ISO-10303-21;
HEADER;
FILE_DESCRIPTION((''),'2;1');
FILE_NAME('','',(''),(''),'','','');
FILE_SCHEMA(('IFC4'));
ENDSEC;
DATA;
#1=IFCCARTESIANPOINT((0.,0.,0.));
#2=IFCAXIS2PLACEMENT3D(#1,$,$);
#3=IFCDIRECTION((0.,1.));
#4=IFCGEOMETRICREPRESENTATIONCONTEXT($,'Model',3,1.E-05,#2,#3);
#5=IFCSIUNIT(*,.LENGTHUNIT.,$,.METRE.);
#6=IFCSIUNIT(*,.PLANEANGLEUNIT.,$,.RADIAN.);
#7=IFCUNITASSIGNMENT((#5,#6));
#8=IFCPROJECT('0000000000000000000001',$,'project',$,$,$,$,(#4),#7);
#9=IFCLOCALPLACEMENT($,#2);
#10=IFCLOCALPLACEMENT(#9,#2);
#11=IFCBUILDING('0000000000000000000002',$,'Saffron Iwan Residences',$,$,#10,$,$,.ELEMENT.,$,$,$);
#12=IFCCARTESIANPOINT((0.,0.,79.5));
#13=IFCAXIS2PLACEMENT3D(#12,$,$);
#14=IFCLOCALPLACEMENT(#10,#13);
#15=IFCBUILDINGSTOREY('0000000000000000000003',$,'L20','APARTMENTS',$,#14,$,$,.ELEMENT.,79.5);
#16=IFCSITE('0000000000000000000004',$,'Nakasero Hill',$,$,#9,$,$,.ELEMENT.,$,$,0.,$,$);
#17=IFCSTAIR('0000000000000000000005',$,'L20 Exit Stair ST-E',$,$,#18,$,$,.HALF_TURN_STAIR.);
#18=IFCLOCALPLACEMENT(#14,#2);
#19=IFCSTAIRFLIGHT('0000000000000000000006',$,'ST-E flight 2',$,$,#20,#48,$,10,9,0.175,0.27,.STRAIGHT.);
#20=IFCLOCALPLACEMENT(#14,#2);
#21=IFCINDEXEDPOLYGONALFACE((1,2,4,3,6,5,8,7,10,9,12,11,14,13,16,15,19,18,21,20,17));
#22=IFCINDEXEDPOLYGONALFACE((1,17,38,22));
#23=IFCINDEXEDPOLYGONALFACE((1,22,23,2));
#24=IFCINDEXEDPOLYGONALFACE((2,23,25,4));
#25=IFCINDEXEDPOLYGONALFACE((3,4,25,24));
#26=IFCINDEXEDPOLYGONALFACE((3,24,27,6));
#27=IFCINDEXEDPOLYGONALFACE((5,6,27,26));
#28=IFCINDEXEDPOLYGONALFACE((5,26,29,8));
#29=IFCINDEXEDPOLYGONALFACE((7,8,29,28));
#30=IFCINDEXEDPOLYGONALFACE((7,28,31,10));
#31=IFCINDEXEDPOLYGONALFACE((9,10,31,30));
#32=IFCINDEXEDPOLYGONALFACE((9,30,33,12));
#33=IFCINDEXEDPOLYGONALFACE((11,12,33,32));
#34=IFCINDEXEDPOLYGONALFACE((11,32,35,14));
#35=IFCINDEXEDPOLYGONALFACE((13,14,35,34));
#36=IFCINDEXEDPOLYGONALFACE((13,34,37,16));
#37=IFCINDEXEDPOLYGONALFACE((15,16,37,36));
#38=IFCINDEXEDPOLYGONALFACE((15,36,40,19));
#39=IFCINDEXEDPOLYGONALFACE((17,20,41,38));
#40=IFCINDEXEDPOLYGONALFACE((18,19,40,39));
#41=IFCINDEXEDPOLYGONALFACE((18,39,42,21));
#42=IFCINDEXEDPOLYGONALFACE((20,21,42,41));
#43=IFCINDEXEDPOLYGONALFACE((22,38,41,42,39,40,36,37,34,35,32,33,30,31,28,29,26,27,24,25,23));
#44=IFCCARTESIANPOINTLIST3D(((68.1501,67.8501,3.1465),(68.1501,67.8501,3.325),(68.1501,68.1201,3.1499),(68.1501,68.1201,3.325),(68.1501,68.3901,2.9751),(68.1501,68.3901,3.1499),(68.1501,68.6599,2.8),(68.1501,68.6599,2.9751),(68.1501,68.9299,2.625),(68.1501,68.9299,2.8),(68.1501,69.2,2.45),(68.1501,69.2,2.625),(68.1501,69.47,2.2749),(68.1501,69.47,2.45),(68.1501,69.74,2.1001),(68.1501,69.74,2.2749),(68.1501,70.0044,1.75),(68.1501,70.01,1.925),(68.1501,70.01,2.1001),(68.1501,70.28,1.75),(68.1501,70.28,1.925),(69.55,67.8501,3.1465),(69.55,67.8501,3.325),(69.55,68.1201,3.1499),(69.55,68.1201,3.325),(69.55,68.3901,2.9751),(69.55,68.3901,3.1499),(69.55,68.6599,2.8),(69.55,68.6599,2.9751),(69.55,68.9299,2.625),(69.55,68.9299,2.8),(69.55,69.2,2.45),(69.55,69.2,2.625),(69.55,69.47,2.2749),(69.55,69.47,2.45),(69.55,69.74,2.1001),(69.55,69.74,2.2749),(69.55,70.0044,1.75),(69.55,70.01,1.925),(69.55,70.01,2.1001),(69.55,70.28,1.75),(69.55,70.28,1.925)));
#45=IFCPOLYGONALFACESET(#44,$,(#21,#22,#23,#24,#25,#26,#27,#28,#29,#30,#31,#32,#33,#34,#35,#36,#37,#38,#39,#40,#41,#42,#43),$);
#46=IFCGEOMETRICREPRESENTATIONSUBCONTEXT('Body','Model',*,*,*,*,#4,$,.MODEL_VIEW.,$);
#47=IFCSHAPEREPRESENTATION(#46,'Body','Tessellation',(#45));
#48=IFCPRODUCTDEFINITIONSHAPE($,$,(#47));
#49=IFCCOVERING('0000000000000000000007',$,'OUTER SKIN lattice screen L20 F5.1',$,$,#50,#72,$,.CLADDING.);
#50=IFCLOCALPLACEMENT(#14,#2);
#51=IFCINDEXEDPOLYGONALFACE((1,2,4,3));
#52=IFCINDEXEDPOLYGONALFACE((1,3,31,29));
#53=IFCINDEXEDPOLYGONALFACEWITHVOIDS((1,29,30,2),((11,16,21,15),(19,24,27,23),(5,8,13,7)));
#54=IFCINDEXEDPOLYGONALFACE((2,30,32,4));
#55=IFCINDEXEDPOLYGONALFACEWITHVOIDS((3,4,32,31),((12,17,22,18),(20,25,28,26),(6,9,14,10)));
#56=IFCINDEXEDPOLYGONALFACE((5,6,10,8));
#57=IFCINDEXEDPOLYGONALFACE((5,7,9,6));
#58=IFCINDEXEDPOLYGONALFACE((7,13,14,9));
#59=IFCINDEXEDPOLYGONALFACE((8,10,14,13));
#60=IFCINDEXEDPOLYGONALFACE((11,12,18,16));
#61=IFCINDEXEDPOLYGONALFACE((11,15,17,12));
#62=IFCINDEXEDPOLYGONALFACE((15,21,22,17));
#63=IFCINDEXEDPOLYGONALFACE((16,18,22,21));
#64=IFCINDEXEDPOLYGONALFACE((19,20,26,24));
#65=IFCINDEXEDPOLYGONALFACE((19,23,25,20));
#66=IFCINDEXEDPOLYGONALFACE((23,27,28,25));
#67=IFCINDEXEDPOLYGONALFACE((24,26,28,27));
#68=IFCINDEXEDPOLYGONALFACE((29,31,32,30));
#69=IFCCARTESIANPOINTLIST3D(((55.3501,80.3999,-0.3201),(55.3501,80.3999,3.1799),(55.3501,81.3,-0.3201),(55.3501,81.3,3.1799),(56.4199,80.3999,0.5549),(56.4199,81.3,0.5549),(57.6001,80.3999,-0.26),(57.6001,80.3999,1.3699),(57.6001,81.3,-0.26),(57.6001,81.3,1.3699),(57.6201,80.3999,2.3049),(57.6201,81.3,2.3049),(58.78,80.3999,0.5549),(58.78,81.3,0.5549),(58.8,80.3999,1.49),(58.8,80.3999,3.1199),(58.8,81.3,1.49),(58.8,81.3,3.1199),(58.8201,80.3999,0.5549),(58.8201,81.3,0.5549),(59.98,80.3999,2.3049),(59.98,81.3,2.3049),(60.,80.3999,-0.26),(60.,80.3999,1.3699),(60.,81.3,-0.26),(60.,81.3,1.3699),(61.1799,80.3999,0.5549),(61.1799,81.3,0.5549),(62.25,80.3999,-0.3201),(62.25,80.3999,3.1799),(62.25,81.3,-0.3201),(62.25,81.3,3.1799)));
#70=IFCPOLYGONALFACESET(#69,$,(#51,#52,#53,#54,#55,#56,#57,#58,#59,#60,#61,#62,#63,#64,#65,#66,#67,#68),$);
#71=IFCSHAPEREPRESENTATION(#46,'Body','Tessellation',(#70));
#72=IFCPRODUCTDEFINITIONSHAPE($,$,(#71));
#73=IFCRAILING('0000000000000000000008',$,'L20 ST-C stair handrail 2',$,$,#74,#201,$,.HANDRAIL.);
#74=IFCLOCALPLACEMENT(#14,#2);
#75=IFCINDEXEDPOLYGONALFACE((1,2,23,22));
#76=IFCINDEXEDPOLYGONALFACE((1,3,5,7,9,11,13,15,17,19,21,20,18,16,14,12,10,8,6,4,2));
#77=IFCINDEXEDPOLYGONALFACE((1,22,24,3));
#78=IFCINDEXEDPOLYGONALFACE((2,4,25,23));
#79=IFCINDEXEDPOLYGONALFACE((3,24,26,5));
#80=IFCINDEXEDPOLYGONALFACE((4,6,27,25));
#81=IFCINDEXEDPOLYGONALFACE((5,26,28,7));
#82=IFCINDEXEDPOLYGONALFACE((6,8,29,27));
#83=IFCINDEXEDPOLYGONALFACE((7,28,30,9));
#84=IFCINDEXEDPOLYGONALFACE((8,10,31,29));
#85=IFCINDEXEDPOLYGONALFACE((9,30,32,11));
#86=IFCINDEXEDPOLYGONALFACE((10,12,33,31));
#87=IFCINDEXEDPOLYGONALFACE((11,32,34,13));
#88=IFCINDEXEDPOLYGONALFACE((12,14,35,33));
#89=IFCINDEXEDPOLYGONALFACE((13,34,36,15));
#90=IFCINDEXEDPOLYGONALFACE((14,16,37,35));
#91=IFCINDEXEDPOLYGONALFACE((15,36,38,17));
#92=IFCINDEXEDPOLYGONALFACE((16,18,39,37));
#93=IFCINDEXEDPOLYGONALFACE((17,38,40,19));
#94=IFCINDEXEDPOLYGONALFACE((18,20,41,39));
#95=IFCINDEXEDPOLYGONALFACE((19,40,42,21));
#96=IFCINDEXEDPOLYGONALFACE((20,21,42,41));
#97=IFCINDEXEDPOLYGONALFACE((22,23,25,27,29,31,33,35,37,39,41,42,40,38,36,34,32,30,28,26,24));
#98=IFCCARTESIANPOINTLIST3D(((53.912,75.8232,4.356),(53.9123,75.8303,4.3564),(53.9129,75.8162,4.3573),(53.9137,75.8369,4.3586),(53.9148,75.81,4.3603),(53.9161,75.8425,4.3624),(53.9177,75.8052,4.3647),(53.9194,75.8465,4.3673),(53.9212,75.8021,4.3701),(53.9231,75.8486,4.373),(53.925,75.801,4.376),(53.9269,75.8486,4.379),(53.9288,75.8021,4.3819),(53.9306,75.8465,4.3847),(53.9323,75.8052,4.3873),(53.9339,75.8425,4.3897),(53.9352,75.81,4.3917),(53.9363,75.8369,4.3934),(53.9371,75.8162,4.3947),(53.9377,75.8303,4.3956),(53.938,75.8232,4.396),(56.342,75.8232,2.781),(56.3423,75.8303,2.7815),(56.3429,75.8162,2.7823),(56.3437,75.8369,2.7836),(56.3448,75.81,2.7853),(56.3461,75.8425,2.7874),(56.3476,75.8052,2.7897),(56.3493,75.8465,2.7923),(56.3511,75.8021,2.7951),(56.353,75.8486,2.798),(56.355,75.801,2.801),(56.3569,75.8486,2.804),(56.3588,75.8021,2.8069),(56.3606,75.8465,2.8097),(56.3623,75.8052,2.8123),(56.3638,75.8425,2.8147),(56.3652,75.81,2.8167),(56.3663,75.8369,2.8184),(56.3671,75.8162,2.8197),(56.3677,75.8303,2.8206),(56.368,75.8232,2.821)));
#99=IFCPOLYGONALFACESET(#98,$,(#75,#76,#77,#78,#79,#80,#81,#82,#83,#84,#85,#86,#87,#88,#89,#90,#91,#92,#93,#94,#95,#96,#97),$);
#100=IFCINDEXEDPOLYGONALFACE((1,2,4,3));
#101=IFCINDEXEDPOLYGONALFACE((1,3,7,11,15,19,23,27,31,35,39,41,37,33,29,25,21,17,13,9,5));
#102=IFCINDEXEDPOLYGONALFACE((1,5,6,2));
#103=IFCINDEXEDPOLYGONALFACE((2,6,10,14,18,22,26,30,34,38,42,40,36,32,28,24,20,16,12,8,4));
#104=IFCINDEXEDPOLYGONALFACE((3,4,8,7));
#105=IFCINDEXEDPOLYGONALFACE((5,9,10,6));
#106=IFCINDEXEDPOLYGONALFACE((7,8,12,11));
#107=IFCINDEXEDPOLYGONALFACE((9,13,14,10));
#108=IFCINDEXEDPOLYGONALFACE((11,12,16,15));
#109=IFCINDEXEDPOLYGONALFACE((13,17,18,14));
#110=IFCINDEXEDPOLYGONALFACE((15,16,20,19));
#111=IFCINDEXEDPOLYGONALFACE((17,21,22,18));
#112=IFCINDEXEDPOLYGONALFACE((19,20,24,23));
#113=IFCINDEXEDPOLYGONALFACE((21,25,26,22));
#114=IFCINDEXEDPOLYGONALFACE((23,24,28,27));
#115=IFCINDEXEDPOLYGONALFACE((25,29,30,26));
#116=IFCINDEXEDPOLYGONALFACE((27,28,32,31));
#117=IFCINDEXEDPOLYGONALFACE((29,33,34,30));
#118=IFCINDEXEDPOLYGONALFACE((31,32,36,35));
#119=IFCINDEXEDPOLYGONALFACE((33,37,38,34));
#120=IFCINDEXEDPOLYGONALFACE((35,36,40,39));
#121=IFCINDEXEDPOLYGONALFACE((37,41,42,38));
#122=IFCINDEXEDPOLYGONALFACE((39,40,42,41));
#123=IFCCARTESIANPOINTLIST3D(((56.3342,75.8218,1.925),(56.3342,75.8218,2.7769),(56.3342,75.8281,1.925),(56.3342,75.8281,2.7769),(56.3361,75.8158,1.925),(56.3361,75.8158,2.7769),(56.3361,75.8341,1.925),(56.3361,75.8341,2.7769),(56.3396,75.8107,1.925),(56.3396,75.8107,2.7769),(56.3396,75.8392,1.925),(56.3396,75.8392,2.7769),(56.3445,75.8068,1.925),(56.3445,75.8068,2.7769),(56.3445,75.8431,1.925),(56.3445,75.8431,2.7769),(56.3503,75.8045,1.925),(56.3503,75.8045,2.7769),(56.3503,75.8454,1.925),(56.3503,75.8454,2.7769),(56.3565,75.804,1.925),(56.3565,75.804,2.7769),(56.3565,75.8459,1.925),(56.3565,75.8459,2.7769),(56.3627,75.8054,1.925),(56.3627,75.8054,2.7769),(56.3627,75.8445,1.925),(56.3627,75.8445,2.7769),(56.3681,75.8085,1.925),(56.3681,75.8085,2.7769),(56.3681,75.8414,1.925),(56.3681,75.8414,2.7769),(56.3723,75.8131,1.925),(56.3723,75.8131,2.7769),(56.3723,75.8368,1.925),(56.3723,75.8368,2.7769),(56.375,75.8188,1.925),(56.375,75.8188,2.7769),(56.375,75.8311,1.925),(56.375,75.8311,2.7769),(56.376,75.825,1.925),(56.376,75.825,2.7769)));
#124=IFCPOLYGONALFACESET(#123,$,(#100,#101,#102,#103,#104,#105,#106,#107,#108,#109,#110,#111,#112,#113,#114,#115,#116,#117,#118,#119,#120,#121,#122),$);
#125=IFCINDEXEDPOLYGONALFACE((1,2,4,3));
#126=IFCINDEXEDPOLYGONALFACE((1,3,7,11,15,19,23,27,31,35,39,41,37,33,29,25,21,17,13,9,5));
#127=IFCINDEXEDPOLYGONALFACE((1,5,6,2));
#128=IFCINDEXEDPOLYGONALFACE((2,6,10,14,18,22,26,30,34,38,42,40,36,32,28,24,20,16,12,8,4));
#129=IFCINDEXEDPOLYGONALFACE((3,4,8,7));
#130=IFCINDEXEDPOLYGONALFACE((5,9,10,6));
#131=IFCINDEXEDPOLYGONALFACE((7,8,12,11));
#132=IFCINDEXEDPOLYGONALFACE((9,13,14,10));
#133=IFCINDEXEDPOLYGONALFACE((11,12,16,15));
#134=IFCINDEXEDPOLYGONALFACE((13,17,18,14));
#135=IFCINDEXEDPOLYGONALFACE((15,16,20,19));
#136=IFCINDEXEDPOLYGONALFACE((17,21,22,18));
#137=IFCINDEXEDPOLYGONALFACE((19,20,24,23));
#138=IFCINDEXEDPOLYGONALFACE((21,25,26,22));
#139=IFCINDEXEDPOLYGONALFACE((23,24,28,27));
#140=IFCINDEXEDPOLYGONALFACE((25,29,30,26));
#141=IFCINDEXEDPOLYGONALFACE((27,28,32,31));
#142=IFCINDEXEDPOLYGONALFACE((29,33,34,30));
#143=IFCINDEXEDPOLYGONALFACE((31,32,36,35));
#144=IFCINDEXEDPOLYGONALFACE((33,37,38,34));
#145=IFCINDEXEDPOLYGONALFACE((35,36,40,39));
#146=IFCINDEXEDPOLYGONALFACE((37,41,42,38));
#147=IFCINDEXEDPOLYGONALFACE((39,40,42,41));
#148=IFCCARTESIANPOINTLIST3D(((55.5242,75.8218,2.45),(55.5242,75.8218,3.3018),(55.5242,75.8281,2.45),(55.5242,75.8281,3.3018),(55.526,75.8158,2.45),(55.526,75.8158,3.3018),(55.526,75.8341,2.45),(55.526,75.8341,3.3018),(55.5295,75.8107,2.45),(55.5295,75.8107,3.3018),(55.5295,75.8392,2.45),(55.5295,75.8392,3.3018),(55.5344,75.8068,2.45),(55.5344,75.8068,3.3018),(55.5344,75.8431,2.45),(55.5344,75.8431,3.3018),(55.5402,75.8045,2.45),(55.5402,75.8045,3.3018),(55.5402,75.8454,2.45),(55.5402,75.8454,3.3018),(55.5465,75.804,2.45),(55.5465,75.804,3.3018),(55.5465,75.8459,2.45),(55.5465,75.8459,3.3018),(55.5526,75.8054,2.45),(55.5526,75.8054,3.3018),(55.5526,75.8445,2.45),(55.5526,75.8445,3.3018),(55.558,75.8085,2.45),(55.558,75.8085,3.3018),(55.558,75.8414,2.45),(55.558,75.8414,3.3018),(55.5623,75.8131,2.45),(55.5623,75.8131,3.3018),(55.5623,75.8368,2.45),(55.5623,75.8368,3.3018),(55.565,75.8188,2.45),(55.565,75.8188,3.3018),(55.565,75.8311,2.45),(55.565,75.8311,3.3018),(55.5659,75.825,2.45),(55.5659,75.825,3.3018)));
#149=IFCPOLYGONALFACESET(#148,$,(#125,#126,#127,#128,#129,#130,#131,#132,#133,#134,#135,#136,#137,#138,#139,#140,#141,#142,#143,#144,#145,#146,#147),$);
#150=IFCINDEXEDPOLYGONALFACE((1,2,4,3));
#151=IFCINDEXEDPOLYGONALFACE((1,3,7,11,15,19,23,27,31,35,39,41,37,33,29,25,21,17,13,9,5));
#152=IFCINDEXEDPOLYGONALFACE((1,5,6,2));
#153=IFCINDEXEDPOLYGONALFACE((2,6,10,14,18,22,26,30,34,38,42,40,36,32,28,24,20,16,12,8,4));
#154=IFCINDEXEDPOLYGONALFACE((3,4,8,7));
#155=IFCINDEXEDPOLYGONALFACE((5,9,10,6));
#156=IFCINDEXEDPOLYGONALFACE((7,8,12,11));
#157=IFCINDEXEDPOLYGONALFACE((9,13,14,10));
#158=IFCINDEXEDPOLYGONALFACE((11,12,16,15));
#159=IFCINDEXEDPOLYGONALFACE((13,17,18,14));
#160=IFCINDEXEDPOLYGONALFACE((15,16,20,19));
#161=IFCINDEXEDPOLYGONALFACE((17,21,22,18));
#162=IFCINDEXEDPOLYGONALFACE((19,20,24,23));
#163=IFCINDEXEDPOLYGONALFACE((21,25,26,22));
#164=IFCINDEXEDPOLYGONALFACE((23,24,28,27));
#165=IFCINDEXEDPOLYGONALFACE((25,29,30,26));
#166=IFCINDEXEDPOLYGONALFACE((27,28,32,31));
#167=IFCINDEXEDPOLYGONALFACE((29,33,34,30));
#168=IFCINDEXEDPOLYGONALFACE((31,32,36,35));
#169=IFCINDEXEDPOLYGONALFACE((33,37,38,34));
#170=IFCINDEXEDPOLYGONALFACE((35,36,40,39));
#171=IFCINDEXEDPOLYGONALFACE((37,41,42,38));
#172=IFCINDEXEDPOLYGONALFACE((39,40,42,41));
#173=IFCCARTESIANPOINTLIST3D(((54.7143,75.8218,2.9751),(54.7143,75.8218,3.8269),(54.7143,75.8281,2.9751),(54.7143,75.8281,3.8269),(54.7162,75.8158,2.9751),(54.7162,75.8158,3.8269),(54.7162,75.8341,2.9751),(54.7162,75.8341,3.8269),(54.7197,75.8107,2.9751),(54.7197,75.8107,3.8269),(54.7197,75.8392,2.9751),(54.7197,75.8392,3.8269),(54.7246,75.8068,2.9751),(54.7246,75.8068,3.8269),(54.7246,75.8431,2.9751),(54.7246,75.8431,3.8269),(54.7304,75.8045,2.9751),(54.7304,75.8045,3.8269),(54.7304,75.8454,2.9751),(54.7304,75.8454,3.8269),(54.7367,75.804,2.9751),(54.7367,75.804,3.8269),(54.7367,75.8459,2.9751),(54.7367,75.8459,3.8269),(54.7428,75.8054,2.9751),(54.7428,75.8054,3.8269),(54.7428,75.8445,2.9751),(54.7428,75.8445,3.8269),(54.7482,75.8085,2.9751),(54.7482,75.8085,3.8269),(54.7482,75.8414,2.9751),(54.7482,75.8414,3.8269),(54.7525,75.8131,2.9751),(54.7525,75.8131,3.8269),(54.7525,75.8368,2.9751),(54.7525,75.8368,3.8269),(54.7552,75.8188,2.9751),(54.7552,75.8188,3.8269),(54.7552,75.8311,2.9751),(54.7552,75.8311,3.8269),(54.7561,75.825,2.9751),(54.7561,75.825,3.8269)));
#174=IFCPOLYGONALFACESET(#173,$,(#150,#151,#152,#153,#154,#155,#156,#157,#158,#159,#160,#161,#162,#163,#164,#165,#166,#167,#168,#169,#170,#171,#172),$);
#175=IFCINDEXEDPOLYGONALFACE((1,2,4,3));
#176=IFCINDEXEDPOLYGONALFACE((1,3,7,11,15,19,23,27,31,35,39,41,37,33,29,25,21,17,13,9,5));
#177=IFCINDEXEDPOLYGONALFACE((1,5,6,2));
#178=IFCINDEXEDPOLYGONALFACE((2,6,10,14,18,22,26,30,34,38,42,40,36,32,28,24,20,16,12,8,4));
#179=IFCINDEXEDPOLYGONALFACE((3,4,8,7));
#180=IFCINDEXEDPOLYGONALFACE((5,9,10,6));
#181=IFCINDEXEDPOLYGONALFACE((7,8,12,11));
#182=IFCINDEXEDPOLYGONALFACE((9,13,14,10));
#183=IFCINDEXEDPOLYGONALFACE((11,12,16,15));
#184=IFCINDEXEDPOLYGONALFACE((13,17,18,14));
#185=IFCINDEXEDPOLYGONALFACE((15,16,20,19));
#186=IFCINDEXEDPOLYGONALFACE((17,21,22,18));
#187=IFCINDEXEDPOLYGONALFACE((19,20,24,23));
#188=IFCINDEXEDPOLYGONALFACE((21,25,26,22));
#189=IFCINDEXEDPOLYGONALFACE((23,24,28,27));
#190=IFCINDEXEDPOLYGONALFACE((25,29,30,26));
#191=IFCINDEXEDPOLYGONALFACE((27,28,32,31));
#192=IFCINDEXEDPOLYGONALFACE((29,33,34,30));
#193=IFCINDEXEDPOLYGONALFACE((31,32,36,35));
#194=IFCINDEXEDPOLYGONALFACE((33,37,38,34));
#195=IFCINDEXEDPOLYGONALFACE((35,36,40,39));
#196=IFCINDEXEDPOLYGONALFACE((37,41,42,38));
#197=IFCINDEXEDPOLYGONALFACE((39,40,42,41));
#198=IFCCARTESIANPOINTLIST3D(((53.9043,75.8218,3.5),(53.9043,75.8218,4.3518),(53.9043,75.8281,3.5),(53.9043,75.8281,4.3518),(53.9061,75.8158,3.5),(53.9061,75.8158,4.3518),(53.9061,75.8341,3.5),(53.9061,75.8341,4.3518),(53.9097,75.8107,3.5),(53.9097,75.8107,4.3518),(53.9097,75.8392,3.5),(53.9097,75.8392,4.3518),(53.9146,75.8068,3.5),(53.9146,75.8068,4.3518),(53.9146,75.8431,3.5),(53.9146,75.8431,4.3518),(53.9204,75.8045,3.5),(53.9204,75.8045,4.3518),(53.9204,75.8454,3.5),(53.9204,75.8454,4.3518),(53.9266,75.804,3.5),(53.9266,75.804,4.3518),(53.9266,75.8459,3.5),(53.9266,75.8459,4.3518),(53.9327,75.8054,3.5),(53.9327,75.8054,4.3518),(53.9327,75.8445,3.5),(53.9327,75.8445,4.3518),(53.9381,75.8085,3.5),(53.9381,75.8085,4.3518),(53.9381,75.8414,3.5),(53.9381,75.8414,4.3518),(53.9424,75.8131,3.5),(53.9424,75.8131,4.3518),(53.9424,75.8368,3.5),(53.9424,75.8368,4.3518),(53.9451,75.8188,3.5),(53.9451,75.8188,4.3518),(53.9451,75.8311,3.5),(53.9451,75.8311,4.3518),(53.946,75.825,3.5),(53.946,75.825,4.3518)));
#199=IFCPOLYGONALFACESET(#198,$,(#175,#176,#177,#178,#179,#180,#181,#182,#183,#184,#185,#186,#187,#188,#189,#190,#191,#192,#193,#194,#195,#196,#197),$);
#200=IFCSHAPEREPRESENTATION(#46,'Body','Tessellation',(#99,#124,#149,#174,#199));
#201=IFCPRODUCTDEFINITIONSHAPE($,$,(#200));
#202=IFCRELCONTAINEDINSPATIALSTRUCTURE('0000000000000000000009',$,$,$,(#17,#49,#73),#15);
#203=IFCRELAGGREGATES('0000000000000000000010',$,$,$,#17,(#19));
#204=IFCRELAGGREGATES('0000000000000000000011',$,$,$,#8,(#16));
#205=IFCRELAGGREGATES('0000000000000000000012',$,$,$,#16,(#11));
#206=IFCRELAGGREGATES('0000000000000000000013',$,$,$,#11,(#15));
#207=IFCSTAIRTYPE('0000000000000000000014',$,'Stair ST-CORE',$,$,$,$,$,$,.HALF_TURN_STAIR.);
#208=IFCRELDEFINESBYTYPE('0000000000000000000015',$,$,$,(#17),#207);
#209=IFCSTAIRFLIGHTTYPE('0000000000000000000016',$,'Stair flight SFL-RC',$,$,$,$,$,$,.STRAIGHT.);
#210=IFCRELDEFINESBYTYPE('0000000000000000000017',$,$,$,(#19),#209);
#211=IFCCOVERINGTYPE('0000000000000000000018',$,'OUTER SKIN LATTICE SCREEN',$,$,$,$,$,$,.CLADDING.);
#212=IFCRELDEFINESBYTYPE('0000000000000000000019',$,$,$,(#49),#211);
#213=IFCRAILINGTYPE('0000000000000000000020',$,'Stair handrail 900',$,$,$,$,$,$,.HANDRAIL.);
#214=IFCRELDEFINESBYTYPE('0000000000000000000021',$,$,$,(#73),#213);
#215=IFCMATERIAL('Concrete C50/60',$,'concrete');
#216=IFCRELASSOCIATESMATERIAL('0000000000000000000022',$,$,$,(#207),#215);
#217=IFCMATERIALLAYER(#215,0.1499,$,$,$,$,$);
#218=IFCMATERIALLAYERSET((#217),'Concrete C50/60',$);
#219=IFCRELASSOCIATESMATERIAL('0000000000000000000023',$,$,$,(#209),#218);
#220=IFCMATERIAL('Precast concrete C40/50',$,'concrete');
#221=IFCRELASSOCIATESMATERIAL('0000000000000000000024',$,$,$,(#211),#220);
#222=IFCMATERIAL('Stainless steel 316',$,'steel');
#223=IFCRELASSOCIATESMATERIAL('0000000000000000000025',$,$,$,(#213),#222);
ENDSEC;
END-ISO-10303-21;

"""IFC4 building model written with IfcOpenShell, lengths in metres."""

from ifc_helpers import new_model, si_unit, direction, frame, origin, origin_2d, place, context, subcontext, project, spatial, polyline, circle, outline, extrude, material, layer, layer_set, type_object, element, aggregate, save


model = new_model("IFC4")

# Units and contexts
model_context = context("Model", 3, precision=1e-05, world=origin(), true_north=direction((0.0, 1.0)))
body_context = subcontext(model_context, "Body", "Model", "MODEL_VIEW")
ifc_project = project(units=[si_unit("LENGTHUNIT", "METRE"), si_unit("PLANEANGLEUNIT", "RADIAN")], contexts=[model_context])

# Site, building, storey
site_placement = place(None, origin())
site = spatial("IfcSite", under=ifc_project, at=site_placement, Name="Nakasero Hill", CompositionType="ELEMENT", RefElevation=0.0)
building_placement = place(site_placement, origin())
building = spatial("IfcBuilding", under=site, at=building_placement, Name="Saffron Iwan Residences", CompositionType="ELEMENT")
storey_placement = place(building_placement, frame((0.0, 0.0, 79.5)))
storey = spatial("IfcBuildingStorey", under=building, at=storey_placement, Name="L20", Description="APARTMENTS", CompositionType="ELEMENT", Elevation=79.5)

# Stair, stair flight
ifc_material_1 = material(Name="Concrete C50/60", Category="concrete")
stair_type = type_object("IfcStairType", Name="Stair ST-CORE", PredefinedType="HALF_TURN_STAIR", material=ifc_material_1)
ifc_layer_1 = layer(ifc_material_1, 0.1499)
ifc_layer_set_1 = layer_set([ifc_layer_1], Name="Concrete C50/60")
stair_flight_type = type_object("IfcStairFlightType", Name="Stair flight SFL-RC", PredefinedType="STRAIGHT", material=ifc_layer_set_1)
stair_1_placement = place(storey_placement, origin())
stair_1 = element("IfcStair", 1, at=stair_1_placement, inside=storey, type_object=stair_type, Name="L20 Exit Stair ST-E", PredefinedType="HALF_TURN_STAIR")
stair_flight_1_placement = place(storey_placement, frame((68.8501, 70.28, 1.75), z_axis=(0.0, 0.0, 1.0), x_axis=(0.0, -1.0, 0.0)))
stair_flight_1 = element("IfcStairFlight", 2, at=stair_flight_1_placement, type_object=stair_flight_type, Name="ST-E flight 2", NumberOfRisers=10, NumberOfTreads=9, PredefinedType="STRAIGHT", RiserHeight=0.175, TreadLength=0.27, context=body_context, shape_type="SweptSolid", body=[
    extrude(outline(polyline([(0.0, 0.0), (0.0, 0.175), (0.27, 0.175), (0.27, 0.3501), (0.54, 0.3501), (0.54, 0.5249), (0.8101, 0.5249), (0.8101, 0.7), (1.0801, 0.7), (1.0801, 0.875), (1.3501, 0.875), (1.3501, 1.05), (1.6201, 1.05), (1.6201, 1.2251), (1.8899, 1.2251), (1.8899, 1.3999), (2.1599, 1.3999), (2.1599, 1.575), (2.4299, 1.575), (2.4299, 1.75), (2.4299, 1.3965), (0.2756, 0.0), (0.0, 0.0)])), frame((0.0, 0.7, 0.0), z_axis=(0.0, -1.0, 0.0), x_axis=(1.0, 0.0, 0.0)), (0.0, 0.0, 1.0), 1.3999),
])
aggregate(stair_1, [stair_flight_1])

# Covering
ifc_material_2 = material(Name="Precast concrete C40/50", Category="concrete")
covering_type_1 = type_object("IfcCoveringType", Name="OUTER SKIN LATTICE SCREEN", PredefinedType="CLADDING", material=ifc_material_2)
covering_1_placement = place(storey_placement, frame((62.25, 80.3999, -0.3201), z_axis=(0.0, 1.0, 0.0), x_axis=(-1.0, 0.0, 0.0)))
element("IfcCovering", 3, at=covering_1_placement, inside=storey, type_object=covering_type_1, Name="OUTER SKIN lattice screen L20 F5.1", PredefinedType="CLADDING", context=body_context, shape_type="SweptSolid", body=[
    extrude(outline(polyline([(0.0, 0.0), (6.8999, 0.0), (6.8999, 3.5), (0.0, 3.5), (0.0, 0.0)]), holes=[polyline([(1.0701, 0.875), (2.25, 0.0601), (3.4299, 0.875), (2.25, 1.6899), (1.0701, 0.875)]), polyline([(3.47, 0.875), (4.6499, 0.0601), (5.8301, 0.875), (4.6499, 1.6899), (3.47, 0.875)]), polyline([(2.27, 2.625), (3.45, 1.8101), (4.6299, 2.625), (3.45, 3.4399), (2.27, 2.625)])]), origin(), (0.0, 0.0, 1.0), 0.9001),
])

# Railing
ifc_material_3 = material(Name="Stainless steel 316", Category="steel")
railing_type = type_object("IfcRailingType", Name="Stair handrail 900", PredefinedType="HANDRAIL", material=ifc_material_3)
railing_1_placement = place(storey_placement, frame((56.355, 75.825, 1.925)))
element("IfcRailing", 4, at=railing_1_placement, inside=storey, type_object=railing_type, Name="L20 ST-C stair handrail 2", PredefinedType="HANDRAIL", context=body_context, shape_type="SweptSolid", body=[
    extrude(circle(Radius=0.0239, at=origin_2d()), frame((0.0, 0.0, 0.876), z_axis=(-0.839154, 0.0, 0.543894), x_axis=(0.0, -1.0, 0.0)), (0.0, 0.0, 1.0), 2.8958),
    extrude(circle(Radius=0.021, at=origin_2d()), origin(), (0.0, 0.0, 1.0), 0.8518),
    extrude(circle(Radius=0.021, at=origin_2d()), frame((-0.8101, 0.0, 0.5249)), (0.0, 0.0, 1.0), 0.8518),
    extrude(circle(Radius=0.021, at=origin_2d()), frame((-1.6199, 0.0, 1.05)), (0.0, 0.0, 1.0), 0.8518),
    extrude(circle(Radius=0.021, at=origin_2d()), frame((-2.4299, 0.0, 1.575)), (0.0, 0.0, 1.0), 0.8518),
])

save(model, "model.ifc")
